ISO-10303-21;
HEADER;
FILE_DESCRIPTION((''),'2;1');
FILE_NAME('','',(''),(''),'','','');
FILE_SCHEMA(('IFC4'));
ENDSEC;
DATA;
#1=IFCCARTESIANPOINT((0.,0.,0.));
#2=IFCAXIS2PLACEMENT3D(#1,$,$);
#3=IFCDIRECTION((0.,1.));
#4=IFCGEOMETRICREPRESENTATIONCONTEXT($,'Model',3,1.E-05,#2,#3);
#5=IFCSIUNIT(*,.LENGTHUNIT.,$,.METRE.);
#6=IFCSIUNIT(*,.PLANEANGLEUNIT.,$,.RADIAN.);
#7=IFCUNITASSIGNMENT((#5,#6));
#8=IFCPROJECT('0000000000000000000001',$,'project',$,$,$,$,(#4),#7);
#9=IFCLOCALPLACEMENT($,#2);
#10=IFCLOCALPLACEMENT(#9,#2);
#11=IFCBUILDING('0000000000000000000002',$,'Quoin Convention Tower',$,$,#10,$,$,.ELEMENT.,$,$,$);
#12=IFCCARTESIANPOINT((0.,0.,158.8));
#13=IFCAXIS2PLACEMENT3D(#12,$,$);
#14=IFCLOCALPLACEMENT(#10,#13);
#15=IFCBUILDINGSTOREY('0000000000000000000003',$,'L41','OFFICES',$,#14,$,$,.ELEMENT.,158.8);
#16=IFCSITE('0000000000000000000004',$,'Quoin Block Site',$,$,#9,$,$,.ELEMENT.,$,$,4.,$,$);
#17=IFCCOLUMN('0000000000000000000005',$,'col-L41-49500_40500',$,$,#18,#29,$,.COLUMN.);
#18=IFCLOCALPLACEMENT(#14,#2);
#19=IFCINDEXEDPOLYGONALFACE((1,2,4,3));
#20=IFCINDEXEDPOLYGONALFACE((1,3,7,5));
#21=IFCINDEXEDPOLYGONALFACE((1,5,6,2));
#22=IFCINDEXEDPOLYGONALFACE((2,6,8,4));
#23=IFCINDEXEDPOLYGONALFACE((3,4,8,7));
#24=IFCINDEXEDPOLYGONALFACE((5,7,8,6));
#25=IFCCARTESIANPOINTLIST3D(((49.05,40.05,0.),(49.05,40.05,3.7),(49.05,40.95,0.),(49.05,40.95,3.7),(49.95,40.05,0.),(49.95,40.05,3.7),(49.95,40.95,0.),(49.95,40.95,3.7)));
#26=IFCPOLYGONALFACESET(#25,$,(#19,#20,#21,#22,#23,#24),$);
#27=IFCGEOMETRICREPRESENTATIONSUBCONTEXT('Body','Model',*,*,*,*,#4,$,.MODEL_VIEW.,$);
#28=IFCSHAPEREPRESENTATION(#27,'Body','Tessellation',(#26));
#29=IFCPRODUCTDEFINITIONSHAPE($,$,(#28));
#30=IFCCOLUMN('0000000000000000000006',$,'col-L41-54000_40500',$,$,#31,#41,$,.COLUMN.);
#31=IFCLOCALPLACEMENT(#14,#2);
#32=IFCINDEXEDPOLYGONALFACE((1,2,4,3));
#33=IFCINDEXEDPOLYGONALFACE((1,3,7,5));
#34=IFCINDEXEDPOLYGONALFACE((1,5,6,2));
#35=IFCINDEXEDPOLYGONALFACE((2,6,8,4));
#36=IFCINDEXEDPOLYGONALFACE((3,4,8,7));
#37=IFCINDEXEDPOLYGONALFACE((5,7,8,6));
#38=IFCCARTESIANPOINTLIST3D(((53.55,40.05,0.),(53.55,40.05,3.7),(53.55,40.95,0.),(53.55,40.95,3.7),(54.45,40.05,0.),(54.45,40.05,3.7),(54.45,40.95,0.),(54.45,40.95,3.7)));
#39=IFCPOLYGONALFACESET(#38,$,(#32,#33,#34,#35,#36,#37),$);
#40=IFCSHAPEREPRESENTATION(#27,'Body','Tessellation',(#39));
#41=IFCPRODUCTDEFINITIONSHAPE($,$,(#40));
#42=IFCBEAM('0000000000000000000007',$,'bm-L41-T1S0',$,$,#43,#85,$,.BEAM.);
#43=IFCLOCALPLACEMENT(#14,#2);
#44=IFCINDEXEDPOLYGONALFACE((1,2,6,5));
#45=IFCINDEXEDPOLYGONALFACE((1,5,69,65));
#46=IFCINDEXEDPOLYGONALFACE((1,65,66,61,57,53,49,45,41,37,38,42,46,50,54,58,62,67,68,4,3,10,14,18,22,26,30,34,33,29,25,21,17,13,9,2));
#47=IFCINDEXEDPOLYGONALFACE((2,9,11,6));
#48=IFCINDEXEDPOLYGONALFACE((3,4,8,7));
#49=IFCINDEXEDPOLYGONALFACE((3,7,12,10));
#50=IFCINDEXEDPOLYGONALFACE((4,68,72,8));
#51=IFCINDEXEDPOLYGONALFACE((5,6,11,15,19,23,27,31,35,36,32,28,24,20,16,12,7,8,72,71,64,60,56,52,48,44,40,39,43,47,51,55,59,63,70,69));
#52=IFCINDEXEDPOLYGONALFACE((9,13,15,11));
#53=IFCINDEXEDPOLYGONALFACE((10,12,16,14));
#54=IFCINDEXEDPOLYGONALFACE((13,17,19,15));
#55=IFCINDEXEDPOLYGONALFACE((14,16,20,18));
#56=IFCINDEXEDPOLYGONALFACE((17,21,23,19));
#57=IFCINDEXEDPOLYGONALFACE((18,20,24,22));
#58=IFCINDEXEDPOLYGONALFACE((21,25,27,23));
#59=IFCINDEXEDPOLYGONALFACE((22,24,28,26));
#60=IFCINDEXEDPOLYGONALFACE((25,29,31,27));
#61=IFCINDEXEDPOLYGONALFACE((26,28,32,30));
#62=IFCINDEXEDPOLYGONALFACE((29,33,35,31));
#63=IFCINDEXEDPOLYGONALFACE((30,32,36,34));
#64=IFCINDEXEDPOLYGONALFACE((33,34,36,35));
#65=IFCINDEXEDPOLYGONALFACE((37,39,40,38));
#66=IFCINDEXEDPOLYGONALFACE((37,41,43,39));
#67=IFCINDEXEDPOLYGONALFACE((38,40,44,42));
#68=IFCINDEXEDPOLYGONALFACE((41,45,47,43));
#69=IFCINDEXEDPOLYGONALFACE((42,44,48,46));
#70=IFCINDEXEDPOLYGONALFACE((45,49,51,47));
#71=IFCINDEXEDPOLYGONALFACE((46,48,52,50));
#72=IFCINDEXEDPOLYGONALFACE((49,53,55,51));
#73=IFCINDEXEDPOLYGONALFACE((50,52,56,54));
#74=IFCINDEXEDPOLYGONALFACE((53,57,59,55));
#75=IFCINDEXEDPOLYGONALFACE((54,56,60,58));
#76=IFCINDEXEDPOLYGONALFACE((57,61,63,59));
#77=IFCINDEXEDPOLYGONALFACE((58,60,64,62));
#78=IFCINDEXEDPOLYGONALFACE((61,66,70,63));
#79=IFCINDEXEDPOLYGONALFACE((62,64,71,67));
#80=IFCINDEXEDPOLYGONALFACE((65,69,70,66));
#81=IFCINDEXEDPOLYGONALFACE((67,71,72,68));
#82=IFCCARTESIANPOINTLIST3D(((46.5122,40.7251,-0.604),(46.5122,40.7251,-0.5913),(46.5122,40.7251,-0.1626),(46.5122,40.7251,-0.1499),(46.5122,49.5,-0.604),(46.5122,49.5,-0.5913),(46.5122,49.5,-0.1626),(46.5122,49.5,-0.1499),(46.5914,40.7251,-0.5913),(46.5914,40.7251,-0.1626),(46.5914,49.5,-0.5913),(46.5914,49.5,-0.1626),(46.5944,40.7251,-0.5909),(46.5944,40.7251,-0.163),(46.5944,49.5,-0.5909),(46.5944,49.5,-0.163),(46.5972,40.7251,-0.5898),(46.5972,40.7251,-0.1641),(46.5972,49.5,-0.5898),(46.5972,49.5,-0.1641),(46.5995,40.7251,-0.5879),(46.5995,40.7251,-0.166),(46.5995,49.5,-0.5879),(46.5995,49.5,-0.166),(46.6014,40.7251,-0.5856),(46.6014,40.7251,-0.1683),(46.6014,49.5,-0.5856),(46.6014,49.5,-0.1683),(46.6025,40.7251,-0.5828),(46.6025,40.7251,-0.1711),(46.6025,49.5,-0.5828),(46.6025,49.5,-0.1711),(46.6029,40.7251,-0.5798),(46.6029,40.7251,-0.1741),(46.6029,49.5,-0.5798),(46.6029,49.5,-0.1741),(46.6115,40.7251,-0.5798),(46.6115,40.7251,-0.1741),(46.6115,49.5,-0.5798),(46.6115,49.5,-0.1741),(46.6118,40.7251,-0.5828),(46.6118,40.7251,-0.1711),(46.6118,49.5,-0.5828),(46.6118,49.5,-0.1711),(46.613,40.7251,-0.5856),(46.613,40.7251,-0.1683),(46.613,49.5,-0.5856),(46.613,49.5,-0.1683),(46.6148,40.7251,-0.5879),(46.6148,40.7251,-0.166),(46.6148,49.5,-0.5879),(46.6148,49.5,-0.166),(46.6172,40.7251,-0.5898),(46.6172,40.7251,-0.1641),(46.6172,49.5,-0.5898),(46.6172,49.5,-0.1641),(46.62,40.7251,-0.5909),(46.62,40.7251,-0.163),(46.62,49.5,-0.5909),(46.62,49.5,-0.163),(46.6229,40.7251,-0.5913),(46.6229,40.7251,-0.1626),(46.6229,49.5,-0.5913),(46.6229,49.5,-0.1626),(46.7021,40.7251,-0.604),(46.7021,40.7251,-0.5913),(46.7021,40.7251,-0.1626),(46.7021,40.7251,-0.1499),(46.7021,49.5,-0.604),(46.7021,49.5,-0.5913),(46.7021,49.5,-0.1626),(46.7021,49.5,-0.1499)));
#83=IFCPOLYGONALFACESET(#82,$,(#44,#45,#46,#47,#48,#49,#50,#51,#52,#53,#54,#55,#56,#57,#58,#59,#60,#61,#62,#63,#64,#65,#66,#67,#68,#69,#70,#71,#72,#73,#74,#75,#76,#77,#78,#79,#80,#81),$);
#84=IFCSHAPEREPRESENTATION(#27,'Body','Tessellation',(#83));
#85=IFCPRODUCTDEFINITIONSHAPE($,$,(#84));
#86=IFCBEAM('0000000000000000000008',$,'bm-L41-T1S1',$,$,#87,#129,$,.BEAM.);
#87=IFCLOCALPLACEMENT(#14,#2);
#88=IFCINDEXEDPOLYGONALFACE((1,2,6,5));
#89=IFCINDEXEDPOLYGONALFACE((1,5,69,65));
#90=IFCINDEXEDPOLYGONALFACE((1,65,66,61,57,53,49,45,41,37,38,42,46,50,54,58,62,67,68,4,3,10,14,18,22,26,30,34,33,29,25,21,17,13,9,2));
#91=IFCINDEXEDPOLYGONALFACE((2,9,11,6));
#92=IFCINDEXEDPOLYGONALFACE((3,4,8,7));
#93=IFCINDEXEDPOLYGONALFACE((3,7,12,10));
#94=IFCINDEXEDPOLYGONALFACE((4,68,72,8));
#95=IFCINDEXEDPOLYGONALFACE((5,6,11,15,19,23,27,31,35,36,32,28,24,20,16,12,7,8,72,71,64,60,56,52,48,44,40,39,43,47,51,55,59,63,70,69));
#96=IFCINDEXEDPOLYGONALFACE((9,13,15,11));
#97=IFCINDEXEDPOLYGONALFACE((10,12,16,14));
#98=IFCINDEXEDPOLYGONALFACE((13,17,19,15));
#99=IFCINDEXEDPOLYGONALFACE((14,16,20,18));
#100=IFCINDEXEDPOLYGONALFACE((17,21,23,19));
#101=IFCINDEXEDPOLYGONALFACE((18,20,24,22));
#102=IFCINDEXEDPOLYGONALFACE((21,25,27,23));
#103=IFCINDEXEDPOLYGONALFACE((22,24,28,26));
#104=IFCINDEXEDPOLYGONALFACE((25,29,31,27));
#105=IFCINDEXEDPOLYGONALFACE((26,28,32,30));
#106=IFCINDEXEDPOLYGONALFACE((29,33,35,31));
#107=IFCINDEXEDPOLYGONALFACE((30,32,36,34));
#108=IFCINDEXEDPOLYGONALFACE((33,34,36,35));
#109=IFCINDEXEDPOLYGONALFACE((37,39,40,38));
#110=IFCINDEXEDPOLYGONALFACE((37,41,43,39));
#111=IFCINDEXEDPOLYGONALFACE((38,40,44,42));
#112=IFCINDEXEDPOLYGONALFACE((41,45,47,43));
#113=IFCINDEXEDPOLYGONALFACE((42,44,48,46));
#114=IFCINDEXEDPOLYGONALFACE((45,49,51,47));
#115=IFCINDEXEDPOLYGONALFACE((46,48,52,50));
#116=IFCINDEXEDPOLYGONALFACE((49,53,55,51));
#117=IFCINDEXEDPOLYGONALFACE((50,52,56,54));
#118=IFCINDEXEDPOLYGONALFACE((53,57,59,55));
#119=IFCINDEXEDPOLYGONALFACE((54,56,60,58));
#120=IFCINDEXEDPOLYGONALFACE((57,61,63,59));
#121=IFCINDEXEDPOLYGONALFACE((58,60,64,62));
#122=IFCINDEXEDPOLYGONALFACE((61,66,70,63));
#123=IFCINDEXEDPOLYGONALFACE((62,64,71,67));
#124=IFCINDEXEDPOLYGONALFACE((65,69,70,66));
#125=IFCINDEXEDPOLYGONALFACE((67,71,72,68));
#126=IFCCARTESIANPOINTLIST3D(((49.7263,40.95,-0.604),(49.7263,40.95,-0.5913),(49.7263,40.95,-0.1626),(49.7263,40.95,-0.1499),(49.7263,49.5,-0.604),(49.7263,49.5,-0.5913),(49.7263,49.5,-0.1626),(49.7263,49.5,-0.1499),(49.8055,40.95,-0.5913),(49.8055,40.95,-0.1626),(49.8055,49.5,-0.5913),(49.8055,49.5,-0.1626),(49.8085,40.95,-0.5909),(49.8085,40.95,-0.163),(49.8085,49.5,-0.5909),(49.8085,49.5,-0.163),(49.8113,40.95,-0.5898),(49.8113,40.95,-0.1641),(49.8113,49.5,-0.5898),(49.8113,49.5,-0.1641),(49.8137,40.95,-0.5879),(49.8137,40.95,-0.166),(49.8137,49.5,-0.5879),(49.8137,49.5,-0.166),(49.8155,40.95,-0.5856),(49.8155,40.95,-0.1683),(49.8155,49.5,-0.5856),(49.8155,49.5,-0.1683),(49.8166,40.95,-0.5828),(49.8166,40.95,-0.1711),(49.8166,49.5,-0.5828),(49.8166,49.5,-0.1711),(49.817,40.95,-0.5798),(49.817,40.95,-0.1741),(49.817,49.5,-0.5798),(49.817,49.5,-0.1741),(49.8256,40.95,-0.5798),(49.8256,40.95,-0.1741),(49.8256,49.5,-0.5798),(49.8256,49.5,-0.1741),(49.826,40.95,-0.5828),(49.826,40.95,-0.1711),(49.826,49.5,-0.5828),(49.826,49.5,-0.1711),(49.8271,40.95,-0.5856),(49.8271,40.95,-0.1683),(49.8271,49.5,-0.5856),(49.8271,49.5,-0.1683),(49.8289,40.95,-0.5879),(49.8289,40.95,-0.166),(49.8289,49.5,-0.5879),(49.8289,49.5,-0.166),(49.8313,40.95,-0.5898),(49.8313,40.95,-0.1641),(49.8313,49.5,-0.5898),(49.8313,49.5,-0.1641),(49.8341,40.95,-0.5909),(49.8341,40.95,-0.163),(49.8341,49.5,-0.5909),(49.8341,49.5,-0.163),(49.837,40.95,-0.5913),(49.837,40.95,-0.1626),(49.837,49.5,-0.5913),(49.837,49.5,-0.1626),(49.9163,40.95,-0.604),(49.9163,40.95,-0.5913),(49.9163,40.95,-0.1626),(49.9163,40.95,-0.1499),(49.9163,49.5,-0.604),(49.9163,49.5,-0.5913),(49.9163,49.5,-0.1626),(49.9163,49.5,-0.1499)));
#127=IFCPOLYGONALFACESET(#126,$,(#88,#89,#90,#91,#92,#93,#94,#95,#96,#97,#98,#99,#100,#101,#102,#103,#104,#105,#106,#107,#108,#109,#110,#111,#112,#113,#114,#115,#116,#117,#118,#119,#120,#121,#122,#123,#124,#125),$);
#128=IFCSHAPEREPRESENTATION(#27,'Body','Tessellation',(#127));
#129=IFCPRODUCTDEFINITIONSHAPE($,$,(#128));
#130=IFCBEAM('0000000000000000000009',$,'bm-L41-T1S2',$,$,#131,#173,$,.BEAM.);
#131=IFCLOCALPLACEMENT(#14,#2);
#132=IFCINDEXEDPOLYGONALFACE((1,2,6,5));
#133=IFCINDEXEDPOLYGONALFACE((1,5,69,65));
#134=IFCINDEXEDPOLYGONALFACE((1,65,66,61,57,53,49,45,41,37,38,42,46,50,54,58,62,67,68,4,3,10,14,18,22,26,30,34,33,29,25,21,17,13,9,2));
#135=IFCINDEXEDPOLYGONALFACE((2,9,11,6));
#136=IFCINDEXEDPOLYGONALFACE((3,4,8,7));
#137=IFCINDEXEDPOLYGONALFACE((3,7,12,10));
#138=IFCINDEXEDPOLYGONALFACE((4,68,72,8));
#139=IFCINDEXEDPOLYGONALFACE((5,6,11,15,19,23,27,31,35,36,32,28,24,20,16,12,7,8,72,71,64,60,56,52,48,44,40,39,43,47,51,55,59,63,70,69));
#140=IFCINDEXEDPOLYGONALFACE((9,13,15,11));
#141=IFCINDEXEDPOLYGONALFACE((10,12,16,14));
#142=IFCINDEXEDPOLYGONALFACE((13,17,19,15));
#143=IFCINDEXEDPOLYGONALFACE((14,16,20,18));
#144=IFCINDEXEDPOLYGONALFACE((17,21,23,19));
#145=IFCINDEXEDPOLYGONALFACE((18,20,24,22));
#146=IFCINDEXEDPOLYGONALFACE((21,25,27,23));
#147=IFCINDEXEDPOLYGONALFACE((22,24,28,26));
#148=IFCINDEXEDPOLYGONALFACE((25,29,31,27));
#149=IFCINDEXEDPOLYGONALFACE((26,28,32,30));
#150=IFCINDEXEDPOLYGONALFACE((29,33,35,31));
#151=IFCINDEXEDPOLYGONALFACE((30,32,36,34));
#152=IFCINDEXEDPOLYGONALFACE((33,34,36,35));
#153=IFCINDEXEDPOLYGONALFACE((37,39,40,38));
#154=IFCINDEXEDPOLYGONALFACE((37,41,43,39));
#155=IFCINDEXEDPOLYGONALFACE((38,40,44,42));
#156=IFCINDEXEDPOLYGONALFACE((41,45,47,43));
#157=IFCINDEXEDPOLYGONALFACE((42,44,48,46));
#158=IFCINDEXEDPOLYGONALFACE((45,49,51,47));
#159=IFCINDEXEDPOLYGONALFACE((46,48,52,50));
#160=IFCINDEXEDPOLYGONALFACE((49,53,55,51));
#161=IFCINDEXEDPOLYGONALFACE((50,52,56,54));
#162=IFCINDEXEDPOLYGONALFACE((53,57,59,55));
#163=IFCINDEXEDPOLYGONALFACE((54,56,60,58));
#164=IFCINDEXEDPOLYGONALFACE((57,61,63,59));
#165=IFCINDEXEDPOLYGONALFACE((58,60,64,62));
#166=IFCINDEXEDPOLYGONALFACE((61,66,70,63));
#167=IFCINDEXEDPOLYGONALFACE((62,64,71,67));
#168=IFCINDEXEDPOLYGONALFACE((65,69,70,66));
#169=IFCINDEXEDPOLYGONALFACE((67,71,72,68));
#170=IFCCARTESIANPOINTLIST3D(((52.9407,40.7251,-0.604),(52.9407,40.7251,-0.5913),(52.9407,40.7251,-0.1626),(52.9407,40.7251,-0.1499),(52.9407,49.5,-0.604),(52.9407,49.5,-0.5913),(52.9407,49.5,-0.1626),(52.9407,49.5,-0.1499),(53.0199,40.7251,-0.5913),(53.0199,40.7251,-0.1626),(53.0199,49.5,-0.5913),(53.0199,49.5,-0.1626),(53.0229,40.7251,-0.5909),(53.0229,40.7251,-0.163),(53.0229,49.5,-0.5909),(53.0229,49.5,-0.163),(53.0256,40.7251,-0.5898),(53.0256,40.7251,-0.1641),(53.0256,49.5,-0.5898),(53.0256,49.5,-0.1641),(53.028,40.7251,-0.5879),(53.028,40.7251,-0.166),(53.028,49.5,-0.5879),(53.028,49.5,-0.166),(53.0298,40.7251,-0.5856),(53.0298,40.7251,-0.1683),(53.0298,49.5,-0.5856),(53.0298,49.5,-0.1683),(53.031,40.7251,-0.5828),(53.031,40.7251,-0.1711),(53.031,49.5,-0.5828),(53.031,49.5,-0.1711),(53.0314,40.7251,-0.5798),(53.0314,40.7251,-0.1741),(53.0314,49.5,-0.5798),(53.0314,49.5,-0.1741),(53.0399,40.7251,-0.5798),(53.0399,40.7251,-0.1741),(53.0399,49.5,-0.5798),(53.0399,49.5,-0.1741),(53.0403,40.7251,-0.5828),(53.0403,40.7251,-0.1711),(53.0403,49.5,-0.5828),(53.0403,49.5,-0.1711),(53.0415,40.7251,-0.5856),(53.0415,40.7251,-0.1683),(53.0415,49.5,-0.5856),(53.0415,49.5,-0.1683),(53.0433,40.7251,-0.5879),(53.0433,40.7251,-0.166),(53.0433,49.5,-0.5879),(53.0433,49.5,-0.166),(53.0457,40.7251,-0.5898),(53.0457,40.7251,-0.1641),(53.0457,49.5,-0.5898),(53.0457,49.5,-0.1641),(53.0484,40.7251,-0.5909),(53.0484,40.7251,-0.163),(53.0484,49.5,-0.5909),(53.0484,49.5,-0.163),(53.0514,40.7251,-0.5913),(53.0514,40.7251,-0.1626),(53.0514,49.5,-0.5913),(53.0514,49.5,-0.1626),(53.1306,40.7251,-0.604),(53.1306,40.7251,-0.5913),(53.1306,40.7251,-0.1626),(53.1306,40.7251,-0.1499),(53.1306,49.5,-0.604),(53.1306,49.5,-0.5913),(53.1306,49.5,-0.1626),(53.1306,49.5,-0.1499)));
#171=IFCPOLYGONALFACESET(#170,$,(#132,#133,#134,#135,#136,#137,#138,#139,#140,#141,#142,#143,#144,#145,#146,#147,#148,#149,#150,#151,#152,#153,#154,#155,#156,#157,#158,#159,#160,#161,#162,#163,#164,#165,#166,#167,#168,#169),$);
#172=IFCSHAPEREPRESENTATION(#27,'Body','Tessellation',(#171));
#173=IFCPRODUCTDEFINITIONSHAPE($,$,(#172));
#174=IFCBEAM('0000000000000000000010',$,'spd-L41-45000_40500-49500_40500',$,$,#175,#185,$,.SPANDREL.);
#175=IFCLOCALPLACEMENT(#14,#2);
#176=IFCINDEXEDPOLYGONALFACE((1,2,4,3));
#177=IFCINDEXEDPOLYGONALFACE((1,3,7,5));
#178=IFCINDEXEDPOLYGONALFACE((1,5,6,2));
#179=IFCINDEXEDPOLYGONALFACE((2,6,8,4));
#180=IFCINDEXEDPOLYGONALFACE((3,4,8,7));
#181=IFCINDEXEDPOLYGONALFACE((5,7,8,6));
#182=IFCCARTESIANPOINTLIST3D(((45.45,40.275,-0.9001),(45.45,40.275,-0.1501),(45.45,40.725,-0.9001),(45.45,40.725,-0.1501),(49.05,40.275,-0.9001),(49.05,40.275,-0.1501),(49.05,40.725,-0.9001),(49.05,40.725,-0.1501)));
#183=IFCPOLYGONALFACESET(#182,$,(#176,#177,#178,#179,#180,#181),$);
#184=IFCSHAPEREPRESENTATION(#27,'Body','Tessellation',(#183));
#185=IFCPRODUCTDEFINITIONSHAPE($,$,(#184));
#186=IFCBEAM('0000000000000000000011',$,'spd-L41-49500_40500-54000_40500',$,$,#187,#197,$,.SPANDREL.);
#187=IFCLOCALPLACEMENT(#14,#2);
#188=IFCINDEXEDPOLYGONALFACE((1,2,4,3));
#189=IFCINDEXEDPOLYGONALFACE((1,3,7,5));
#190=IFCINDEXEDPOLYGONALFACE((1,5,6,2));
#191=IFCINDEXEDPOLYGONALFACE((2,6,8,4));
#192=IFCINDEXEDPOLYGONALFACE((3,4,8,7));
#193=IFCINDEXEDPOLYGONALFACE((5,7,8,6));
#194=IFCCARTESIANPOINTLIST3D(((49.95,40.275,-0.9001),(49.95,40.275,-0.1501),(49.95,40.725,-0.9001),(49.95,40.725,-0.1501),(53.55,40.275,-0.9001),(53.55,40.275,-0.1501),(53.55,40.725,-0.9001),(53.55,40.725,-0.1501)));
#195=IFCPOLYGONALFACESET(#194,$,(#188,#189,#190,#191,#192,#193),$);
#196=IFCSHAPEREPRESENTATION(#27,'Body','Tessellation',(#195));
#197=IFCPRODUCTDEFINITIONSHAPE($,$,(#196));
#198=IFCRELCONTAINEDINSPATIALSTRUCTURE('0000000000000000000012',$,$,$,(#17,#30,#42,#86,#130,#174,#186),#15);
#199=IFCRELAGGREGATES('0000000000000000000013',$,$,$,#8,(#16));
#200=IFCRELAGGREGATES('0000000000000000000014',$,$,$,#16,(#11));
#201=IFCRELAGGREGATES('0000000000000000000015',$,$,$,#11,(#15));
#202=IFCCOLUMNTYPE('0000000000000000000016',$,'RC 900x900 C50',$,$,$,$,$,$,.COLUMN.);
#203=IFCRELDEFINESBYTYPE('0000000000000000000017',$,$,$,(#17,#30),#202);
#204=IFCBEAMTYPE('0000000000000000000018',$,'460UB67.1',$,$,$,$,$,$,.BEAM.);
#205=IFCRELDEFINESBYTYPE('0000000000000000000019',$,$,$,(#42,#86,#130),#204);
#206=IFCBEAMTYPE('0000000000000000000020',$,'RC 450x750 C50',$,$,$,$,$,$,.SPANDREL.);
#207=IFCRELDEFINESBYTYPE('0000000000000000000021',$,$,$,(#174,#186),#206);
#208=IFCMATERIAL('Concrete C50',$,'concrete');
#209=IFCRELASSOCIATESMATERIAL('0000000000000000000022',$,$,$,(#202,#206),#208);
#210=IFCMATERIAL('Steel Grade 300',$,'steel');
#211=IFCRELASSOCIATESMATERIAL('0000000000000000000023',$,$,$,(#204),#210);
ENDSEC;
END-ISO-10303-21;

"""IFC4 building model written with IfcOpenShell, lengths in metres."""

from ifc_helpers import new_model, si_unit, direction, frame, origin, origin_2d, place, context, subcontext, project, spatial, rectangle, i_section, extrude, material, material_profile, profile_set, type_object, element, save


model = new_model("IFC4")

# Units and contexts
model_context = context("Model", 3, precision=1e-05, world=origin(), true_north=direction((0.0, 1.0)))
body_context = subcontext(model_context, "Body", "Model", "MODEL_VIEW")
ifc_project = project(units=[si_unit("LENGTHUNIT", "METRE"), si_unit("PLANEANGLEUNIT", "RADIAN")], contexts=[model_context])

# Site, building, storey
site_placement = place(None, origin())
site = spatial("IfcSite", under=ifc_project, at=site_placement, Name="Quoin Block Site", CompositionType="ELEMENT", RefElevation=4.0)
building_placement = place(site_placement, origin())
building = spatial("IfcBuilding", under=site, at=building_placement, Name="Quoin Convention Tower", CompositionType="ELEMENT")
storey_placement = place(building_placement, frame((0.0, 0.0, 158.8)))
storey = spatial("IfcBuildingStorey", under=building, at=storey_placement, Name="L41", Description="OFFICES", CompositionType="ELEMENT", Elevation=158.8)

# Columns
ifc_material_1 = material(Name="Concrete C50", Category="concrete")
ifc_material_profile_1 = material_profile(ifc_material_1, rectangle(XDim=0.8999, YDim=0.8999, at=origin_2d()), Name="RC 900x900")
ifc_profile_set_1 = profile_set([ifc_material_profile_1], Name="Concrete C50")
column_type = type_object("IfcColumnType", Name="RC 900x900 C50", PredefinedType="COLUMN", material=ifc_profile_set_1)
for number, where, z_axis, x_axis, name in (
    (1, (49.5, 40.5, 0.0), (0.0, 0.0, 1.0), (1.0, 0.0, 0.0), "col-L41-49500_40500"),
    (2, (54.0, 40.5, 0.0), (0.0, 0.0, 1.0), (1.0, 0.0, 0.0), "col-L41-54000_40500"),
):
    element("IfcColumn", number, at=place(storey_placement, frame(where, z_axis=z_axis, x_axis=x_axis)), inside=storey, type_object=column_type, Name=name, PredefinedType="COLUMN", context=body_context, shape_type="SweptSolid", body=[
        extrude(rectangle(XDim=0.8999, YDim=0.8999, at=origin_2d()), origin(), (0.0, 0.0, 1.0), 3.7),
    ])

# Beams
ifc_material_2 = material(Name="Steel Grade 300", Category="steel")
ifc_material_profile_2 = material_profile(ifc_material_2, i_section(OverallWidth=0.1899, OverallDepth=0.4541, WebThickness=0.0085, FlangeThickness=0.0127, FilletRadius=0.0115, at=origin_2d()), Name="460UB67.1")
ifc_profile_set_2 = profile_set([ifc_material_profile_2], Name="Steel Grade 300")
beam_type_1 = type_object("IfcBeamType", Name="460UB67.1", PredefinedType="BEAM", material=ifc_profile_set_2)
beam_1_placement = place(storey_placement, frame((46.6072, 40.7251, -0.377), z_axis=(0.0, 1.0, 0.0), x_axis=(-1.0, 0.0, 0.0)))
element("IfcBeam", 3, at=beam_1_placement, inside=storey, type_object=beam_type_1, Name="bm-L41-T1S0", PredefinedType="BEAM", context=body_context, shape_type="SweptSolid", body=[
    extrude(i_section(OverallWidth=0.1899, OverallDepth=0.4541, WebThickness=0.0085, FlangeThickness=0.0127, FilletRadius=0.0115, at=origin_2d()), origin(), (0.0, 0.0, 1.0), 8.7749),
])
beam_2_placement = place(storey_placement, frame((49.8213, 40.95, -0.377), z_axis=(0.0, 1.0, 0.0), x_axis=(-1.0, 0.0, 0.0)))
element("IfcBeam", 4, at=beam_2_placement, inside=storey, type_object=beam_type_1, Name="bm-L41-T1S1", PredefinedType="BEAM", context=body_context, shape_type="SweptSolid", body=[
    extrude(i_section(OverallWidth=0.1899, OverallDepth=0.4541, WebThickness=0.0085, FlangeThickness=0.0127, FilletRadius=0.0115, at=origin_2d()), origin(), (0.0, 0.0, 1.0), 8.55),
])
beam_3_placement = place(storey_placement, frame((53.0356, 40.7251, -0.377), z_axis=(0.0, 1.0, 0.0), x_axis=(-1.0, 0.0, 0.0)))
element("IfcBeam", 5, at=beam_3_placement, inside=storey, type_object=beam_type_1, Name="bm-L41-T1S2", PredefinedType="BEAM", context=body_context, shape_type="SweptSolid", body=[
    extrude(i_section(OverallWidth=0.1899, OverallDepth=0.4541, WebThickness=0.0085, FlangeThickness=0.0127, FilletRadius=0.0115, at=origin_2d()), origin(), (0.0, 0.0, 1.0), 8.7749),
])
ifc_material_profile_3 = material_profile(ifc_material_1, rectangle(XDim=0.45, YDim=0.75, at=origin_2d()), Name="RC 450x750")
ifc_profile_set_3 = profile_set([ifc_material_profile_3], Name="Concrete C50")
beam_type_2 = type_object("IfcBeamType", Name="RC 450x750 C50", PredefinedType="SPANDREL", material=ifc_profile_set_3)
for number, where, z_axis, x_axis, name in (
    (6, (45.45, 40.5, -0.5251), (1.0, 0.0, 0.0), (0.0, 1.0, 0.0), "spd-L41-45000_40500-49500_40500"),
    (7, (49.95, 40.5, -0.5251), (1.0, 0.0, 0.0), (0.0, 1.0, 0.0), "spd-L41-49500_40500-54000_40500"),
):
    element("IfcBeam", number, at=place(storey_placement, frame(where, z_axis=z_axis, x_axis=x_axis)), inside=storey, type_object=beam_type_2, Name=name, PredefinedType="SPANDREL", context=body_context, shape_type="SweptSolid", body=[
        extrude(rectangle(XDim=0.45, YDim=0.75, at=origin_2d()), origin(), (0.0, 0.0, 1.0), 3.6001),
    ])

save(model, "model.ifc")
